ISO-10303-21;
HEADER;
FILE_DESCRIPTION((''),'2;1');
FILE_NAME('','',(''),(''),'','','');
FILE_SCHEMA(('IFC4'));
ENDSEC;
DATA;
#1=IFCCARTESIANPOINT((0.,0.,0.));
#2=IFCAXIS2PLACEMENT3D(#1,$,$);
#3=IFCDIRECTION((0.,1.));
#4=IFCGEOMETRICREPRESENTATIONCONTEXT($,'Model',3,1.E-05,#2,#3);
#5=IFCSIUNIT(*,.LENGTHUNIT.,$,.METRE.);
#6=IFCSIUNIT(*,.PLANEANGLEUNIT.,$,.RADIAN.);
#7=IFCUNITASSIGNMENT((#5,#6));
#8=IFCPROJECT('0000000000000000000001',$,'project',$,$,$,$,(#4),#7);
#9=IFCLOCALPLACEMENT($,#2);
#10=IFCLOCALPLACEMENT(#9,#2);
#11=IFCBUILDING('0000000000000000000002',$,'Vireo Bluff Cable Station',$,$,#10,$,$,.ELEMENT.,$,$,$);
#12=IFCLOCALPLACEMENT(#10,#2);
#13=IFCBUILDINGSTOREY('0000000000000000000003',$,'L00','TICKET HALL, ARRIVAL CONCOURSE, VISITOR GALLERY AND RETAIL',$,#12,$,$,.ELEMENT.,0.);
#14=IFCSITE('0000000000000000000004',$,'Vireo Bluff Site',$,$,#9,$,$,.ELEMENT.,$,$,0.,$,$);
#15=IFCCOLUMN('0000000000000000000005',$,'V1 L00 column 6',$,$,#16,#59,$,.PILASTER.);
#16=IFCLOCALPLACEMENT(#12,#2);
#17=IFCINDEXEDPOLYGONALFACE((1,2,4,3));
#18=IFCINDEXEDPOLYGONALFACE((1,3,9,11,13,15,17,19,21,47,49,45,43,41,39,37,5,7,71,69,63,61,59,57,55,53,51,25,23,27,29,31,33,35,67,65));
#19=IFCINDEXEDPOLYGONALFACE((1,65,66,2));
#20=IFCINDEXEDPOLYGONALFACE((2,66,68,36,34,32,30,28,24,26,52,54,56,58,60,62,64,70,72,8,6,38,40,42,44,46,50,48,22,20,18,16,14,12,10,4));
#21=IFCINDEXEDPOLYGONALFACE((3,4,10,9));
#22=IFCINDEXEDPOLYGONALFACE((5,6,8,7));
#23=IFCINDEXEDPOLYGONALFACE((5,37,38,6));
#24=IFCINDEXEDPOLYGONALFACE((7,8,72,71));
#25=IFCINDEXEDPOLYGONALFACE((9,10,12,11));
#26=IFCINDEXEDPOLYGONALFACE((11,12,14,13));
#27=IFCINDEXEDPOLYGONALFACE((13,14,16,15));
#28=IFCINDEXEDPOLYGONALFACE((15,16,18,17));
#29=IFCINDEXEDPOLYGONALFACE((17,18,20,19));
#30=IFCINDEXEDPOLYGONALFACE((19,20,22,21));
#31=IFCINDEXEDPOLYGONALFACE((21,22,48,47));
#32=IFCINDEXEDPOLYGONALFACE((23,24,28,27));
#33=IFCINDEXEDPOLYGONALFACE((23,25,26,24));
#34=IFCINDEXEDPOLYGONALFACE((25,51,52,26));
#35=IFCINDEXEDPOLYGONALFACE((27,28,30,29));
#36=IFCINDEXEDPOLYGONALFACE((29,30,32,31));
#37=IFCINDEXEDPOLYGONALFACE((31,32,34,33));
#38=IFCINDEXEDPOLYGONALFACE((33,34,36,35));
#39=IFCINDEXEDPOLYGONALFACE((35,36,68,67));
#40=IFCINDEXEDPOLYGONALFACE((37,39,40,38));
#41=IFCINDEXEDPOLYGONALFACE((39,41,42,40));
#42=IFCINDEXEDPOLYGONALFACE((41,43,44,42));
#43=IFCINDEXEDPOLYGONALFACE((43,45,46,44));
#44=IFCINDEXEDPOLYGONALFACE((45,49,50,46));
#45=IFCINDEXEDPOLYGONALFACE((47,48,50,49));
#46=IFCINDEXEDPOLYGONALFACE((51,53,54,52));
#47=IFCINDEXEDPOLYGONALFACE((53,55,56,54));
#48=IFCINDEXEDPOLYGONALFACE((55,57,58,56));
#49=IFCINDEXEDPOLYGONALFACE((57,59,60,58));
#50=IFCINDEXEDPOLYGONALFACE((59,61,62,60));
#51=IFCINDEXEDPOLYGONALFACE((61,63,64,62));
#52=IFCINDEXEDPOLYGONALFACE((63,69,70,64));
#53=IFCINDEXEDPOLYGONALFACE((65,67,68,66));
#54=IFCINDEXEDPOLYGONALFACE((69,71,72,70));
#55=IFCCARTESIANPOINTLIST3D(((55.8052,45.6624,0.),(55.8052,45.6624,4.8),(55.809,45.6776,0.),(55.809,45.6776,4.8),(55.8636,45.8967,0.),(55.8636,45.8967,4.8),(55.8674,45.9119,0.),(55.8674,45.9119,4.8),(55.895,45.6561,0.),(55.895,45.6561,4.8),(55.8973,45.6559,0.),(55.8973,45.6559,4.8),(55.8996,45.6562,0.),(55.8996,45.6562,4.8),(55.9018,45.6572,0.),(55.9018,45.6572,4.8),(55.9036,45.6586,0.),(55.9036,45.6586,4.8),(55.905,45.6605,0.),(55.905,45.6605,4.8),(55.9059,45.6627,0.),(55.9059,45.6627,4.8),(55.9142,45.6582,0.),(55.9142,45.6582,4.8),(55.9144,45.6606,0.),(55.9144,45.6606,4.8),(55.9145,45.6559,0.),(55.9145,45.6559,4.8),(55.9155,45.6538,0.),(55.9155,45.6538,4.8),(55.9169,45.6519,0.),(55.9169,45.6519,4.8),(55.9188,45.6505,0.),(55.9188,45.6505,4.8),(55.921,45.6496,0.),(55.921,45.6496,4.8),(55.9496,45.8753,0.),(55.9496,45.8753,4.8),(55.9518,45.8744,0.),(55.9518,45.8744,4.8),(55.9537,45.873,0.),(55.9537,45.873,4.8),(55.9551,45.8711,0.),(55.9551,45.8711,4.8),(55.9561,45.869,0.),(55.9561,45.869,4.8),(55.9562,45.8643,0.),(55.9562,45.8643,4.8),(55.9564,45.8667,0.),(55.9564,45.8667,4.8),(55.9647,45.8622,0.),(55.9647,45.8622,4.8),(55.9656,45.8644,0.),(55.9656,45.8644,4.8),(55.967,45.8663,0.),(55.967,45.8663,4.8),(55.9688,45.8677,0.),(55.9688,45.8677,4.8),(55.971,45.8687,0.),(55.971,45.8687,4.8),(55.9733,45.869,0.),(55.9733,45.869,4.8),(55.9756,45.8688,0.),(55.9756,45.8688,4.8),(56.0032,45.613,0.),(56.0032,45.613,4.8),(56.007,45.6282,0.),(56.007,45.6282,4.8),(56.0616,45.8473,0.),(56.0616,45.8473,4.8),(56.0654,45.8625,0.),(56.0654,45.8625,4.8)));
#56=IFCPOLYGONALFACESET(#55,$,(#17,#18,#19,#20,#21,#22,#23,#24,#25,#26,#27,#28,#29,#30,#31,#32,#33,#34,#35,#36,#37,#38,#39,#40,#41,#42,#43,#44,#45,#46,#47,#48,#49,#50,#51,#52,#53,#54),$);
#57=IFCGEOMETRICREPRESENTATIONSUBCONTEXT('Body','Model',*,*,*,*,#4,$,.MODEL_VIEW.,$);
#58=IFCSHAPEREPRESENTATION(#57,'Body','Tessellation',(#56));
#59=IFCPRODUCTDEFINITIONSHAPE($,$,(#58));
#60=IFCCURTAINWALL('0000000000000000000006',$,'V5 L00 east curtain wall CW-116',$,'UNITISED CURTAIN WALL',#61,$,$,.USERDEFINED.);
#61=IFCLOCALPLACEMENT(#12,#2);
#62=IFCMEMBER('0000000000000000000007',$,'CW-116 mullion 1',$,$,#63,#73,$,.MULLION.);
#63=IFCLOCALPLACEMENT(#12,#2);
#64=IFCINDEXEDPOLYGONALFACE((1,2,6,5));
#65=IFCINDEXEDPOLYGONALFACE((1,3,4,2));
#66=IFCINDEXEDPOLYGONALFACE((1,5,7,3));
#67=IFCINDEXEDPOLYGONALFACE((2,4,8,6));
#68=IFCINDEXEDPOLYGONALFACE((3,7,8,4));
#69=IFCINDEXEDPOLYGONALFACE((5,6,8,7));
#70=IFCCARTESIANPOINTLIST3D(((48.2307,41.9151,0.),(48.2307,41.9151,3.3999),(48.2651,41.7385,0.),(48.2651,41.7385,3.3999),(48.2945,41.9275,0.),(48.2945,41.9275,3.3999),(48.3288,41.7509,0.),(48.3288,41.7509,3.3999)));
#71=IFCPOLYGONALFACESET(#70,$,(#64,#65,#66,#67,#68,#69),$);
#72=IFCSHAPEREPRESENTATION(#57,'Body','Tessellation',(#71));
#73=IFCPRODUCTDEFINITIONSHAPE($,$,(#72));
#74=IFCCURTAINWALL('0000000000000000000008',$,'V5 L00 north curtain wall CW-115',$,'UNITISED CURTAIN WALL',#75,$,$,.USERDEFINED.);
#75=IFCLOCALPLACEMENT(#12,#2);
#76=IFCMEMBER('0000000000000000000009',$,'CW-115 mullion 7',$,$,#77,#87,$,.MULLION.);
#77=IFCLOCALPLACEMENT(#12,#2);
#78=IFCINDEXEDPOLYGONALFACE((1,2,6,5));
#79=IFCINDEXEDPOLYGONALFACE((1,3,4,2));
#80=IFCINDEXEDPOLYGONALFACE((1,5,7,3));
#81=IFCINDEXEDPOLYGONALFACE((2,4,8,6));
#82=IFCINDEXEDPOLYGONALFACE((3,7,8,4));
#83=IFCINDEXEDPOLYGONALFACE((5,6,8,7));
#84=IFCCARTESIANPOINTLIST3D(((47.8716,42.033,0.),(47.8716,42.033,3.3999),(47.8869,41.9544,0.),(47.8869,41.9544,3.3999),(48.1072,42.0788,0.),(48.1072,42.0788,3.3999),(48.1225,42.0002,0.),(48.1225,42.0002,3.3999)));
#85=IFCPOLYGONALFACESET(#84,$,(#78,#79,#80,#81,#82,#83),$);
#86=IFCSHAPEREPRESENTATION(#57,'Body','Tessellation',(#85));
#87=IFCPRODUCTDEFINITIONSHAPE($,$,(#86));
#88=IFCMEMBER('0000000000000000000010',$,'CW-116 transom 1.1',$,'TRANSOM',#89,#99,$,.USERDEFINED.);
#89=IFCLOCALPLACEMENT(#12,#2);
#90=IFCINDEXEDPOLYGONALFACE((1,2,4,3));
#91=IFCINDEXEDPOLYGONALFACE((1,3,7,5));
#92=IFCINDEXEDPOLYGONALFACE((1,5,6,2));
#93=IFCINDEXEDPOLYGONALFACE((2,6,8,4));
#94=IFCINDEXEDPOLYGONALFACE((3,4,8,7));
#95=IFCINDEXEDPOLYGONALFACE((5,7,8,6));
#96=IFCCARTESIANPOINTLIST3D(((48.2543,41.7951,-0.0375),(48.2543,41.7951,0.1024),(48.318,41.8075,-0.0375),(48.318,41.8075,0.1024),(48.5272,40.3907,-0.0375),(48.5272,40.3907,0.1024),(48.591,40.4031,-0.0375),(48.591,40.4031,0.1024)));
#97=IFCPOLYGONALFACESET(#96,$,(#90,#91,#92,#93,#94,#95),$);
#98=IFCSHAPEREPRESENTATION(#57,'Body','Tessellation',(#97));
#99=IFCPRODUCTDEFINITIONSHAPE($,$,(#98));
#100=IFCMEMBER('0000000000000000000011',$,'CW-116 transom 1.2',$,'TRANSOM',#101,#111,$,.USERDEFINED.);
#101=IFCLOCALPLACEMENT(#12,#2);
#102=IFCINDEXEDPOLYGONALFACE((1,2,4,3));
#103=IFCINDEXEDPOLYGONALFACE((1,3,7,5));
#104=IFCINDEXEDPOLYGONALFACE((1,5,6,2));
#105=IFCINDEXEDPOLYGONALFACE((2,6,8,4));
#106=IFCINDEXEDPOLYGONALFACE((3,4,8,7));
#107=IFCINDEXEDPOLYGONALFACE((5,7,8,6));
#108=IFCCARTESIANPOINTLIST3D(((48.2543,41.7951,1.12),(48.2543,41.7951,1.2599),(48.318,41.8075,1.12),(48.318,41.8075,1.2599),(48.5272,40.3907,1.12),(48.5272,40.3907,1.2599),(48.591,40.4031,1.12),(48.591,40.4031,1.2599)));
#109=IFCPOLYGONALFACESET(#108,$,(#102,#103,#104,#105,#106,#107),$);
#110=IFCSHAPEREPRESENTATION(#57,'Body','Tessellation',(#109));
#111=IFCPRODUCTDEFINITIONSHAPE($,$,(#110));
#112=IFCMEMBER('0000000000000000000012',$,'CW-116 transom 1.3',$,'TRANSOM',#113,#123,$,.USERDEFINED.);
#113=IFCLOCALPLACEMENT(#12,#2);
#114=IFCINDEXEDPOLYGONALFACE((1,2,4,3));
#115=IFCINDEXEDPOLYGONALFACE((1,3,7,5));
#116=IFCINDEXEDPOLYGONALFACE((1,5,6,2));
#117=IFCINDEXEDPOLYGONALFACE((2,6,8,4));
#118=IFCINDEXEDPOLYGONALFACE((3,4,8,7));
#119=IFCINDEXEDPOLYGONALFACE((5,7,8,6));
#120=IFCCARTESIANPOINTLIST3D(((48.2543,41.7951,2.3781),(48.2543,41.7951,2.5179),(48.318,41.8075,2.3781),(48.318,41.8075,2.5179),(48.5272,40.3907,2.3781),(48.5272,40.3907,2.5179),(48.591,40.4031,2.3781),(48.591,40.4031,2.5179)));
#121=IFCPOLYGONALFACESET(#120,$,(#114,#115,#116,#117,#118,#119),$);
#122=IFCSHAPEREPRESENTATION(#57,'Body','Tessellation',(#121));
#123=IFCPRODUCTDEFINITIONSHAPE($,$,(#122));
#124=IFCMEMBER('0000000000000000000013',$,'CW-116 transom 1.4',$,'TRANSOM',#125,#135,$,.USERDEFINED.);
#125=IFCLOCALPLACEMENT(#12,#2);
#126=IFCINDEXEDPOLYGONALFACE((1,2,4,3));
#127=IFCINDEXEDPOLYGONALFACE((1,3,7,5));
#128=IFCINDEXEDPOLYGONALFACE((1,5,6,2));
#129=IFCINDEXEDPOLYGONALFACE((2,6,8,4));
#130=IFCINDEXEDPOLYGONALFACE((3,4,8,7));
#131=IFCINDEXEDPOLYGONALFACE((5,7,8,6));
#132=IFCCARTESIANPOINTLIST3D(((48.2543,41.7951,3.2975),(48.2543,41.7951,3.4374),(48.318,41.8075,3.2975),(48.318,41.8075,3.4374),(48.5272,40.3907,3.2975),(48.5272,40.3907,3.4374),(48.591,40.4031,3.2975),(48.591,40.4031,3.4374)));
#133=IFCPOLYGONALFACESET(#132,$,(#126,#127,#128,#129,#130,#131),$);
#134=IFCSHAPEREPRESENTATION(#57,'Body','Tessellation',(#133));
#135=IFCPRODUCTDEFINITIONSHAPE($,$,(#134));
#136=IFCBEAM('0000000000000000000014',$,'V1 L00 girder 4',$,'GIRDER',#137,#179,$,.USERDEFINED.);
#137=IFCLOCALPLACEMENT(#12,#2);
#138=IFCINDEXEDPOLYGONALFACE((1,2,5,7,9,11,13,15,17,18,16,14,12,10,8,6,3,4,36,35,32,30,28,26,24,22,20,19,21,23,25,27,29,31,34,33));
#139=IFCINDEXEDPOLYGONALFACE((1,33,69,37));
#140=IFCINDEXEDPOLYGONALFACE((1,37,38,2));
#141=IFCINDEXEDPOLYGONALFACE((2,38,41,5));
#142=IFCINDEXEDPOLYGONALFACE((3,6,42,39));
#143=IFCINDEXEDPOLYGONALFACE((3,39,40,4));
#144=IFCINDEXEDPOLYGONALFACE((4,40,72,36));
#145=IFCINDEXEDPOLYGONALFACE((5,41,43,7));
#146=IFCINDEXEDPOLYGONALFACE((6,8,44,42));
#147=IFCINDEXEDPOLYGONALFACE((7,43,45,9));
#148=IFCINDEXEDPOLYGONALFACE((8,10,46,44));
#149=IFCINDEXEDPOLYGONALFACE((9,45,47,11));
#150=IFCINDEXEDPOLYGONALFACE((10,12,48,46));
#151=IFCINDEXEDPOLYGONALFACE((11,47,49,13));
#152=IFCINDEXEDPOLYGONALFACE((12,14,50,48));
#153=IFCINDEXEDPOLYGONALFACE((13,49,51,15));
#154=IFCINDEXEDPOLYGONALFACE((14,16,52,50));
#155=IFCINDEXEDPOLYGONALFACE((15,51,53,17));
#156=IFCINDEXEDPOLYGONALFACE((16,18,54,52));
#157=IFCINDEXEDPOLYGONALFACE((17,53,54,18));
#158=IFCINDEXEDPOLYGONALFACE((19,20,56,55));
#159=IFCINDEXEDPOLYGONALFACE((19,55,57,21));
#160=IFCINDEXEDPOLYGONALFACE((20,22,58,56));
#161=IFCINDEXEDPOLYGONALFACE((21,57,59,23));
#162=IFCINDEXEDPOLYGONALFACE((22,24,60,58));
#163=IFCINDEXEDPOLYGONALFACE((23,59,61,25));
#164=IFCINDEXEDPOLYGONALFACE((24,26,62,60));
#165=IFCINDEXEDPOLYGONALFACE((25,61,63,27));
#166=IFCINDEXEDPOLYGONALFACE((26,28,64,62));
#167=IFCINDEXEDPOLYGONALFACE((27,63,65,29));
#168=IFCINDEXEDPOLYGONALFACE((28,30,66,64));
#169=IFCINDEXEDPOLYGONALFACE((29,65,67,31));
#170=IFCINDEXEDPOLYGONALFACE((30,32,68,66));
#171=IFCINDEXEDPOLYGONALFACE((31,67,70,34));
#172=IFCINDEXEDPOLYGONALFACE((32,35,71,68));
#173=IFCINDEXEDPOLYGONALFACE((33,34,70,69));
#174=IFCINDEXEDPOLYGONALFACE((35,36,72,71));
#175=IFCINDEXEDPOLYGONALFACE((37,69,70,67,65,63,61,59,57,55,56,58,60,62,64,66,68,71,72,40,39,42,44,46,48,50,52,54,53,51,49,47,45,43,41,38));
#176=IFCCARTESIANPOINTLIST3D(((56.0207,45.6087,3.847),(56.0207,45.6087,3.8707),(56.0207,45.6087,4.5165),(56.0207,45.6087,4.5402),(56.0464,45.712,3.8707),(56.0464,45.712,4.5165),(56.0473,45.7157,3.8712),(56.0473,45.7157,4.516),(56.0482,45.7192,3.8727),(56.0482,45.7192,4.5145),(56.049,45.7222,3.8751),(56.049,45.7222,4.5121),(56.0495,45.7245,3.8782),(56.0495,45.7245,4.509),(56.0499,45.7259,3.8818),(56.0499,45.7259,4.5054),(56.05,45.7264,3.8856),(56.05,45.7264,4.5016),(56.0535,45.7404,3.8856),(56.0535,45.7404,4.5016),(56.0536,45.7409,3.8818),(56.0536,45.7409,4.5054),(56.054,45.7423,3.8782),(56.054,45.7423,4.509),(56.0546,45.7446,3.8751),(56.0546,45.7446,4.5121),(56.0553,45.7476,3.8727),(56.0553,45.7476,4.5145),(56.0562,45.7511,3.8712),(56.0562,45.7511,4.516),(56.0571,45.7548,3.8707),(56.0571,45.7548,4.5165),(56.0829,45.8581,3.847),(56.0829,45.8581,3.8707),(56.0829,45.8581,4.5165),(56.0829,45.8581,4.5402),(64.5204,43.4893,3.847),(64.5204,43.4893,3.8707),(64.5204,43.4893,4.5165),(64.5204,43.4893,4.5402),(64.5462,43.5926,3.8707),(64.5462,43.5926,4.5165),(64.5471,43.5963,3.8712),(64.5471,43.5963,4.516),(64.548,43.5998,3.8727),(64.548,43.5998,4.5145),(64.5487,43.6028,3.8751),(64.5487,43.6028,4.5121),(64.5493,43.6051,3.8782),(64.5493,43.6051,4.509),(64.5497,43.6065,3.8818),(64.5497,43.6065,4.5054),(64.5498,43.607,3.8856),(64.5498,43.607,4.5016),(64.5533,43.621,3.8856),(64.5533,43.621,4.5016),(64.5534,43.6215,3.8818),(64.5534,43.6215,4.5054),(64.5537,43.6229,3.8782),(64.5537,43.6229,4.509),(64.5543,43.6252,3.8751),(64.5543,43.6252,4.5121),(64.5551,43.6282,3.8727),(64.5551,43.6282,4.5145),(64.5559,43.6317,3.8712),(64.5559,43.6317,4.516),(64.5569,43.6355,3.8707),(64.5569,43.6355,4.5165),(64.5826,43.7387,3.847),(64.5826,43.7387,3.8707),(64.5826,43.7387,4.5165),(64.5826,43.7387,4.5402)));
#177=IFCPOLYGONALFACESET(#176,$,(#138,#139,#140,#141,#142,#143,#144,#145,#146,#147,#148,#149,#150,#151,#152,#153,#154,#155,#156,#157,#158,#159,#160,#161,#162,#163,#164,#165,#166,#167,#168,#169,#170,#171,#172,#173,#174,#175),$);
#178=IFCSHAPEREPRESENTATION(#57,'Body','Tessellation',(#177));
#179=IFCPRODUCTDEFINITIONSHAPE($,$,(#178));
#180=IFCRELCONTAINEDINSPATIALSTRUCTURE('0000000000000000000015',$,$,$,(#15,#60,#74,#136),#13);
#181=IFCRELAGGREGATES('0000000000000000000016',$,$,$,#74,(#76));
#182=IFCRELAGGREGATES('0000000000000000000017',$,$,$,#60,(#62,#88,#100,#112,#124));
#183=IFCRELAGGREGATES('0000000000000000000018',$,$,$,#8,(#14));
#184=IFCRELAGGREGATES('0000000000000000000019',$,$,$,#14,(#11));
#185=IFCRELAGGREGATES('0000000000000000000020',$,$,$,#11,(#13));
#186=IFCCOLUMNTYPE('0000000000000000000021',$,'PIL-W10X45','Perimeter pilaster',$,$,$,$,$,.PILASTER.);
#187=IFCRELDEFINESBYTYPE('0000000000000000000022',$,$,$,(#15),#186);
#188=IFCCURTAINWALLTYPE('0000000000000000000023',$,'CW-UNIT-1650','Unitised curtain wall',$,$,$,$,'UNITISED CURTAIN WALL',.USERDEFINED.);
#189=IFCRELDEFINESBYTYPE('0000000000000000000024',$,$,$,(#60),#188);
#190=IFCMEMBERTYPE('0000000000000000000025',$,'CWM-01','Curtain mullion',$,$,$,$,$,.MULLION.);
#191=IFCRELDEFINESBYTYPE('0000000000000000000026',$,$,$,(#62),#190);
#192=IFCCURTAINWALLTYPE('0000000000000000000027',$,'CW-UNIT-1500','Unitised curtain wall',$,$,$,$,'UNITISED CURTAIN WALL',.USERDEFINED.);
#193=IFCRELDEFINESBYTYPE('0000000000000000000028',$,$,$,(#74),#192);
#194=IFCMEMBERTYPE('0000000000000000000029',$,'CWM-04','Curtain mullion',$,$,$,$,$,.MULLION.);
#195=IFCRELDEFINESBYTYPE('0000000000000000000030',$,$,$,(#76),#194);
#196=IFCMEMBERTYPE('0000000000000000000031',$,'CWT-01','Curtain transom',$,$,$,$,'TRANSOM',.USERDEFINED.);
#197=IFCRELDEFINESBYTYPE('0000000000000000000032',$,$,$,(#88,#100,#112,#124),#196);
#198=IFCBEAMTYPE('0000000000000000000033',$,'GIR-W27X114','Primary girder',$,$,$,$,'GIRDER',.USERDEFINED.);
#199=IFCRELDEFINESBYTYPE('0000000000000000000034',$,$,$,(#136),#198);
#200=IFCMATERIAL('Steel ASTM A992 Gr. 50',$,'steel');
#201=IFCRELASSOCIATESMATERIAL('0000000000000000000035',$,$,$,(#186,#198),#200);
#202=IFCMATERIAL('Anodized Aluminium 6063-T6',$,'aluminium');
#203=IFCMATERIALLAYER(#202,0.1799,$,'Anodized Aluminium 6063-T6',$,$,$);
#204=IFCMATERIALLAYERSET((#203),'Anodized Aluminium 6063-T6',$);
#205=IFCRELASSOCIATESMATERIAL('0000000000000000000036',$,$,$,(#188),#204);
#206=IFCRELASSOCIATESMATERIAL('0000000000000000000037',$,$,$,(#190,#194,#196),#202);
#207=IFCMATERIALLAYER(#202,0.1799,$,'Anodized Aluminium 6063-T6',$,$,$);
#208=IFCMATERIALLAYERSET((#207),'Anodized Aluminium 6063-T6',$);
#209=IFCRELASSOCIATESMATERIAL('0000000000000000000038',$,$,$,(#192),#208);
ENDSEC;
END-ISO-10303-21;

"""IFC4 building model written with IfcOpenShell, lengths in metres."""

from ifc_helpers import new_model, si_unit, direction, frame, origin, origin_2d, place, context, subcontext, project, spatial, rectangle, i_section, extrude, material, layer, layer_set, material_profile, profile_set, type_object, element, aggregate, save


model = new_model("IFC4")

# Units and contexts
model_context = context("Model", 3, precision=1e-05, world=origin(), true_north=direction((0.0, 1.0)))
body_context = subcontext(model_context, "Body", "Model", "MODEL_VIEW")
ifc_project = project(units=[si_unit("LENGTHUNIT", "METRE"), si_unit("PLANEANGLEUNIT", "RADIAN")], contexts=[model_context])

# Site, building, storey
site_placement = place(None, origin())
site = spatial("IfcSite", under=ifc_project, at=site_placement, Name="Vireo Bluff Site", CompositionType="ELEMENT", RefElevation=0.0)
building_placement = place(site_placement, origin())
building = spatial("IfcBuilding", under=site, at=building_placement, Name="Vireo Bluff Cable Station", CompositionType="ELEMENT")
storey_placement = place(building_placement, origin())
storey = spatial("IfcBuildingStorey", under=building, at=storey_placement, Name="L00", Description="TICKET HALL, ARRIVAL CONCOURSE, VISITOR GALLERY AND RETAIL", CompositionType="ELEMENT", Elevation=0.0)

# Column
ifc_material_1 = material(Name="Steel ASTM A992 Gr. 50", Category="steel")
ifc_material_profile_1 = material_profile(ifc_material_1, i_section(OverallWidth=0.2041, OverallDepth=0.2571, WebThickness=0.0088, FlangeThickness=0.0156, FilletRadius=0.009, at=origin_2d()), Name="W10X45")
ifc_profile_set_1 = profile_set([ifc_material_profile_1], Name="Steel ASTM A992 Gr. 50")
column_type_1 = type_object("IfcColumnType", Name="PIL-W10X45", Description="Perimeter pilaster", PredefinedType="PILASTER", material=ifc_profile_set_1)
column_1_placement = place(storey_placement, frame((55.9353, 45.7625, 0.0), z_axis=(0.0, 0.0, 1.0), x_axis=(0.970296, -0.241922, 0.0)))
element("IfcColumn", 1, at=column_1_placement, inside=storey, type_object=column_type_1, Name="V1 L00 column 6", PredefinedType="PILASTER", context=body_context, shape_type="SweptSolid", body=[
    extrude(i_section(OverallWidth=0.2041, OverallDepth=0.2571, WebThickness=0.0088, FlangeThickness=0.0156, FilletRadius=0.009, at=origin_2d()), origin(), (0.0, 0.0, 1.0), 4.8),
])

# Curtain walls, members
ifc_material_2 = material(Name="Anodized Aluminium 6063-T6", Category="aluminium")
ifc_layer_1 = layer(ifc_material_2, 0.1799, Name="Anodized Aluminium 6063-T6")
ifc_layer_set_1 = layer_set([ifc_layer_1], Name="Anodized Aluminium 6063-T6")
curtain_wall_type_1 = type_object("IfcCurtainWallType", Name="CW-UNIT-1650", Description="Unitised curtain wall", ElementType="UNITISED CURTAIN WALL", PredefinedType="USERDEFINED", material=ifc_layer_set_1)
curtain_wall_1_placement = place(storey_placement, origin())
curtain_wall_1 = element("IfcCurtainWall", 2, at=curtain_wall_1_placement, inside=storey, type_object=curtain_wall_type_1, Name="V5 L00 east curtain wall CW-116", ObjectType="UNITISED CURTAIN WALL", PredefinedType="USERDEFINED")
ifc_material_profile_2 = material_profile(ifc_material_2, rectangle(XDim=0.0649, YDim=0.1799, at=origin_2d()), Name="ALU-M-65X180")
ifc_profile_set_2 = profile_set([ifc_material_profile_2], Name="Anodized Aluminium 6063-T6")
member_type_1 = type_object("IfcMemberType", Name="CWM-01", Description="Curtain mullion", PredefinedType="MULLION", material=ifc_profile_set_2)
member_1_placement = place(storey_placement, frame((48.2798, 41.833, 0.0), z_axis=(0.0, 0.0, 1.0), x_axis=(0.981627, 0.190809, 0.0)))
member_1 = element("IfcMember", 3, at=member_1_placement, type_object=member_type_1, Name="CW-116 mullion 1", PredefinedType="MULLION", context=body_context, shape_type="SweptSolid", body=[
    extrude(rectangle(XDim=0.0649, YDim=0.1799, at=origin_2d()), origin(), (0.0, 0.0, 1.0), 3.3999),
])
ifc_layer_2 = layer(ifc_material_2, 0.1799, Name="Anodized Aluminium 6063-T6")
ifc_layer_set_2 = layer_set([ifc_layer_2], Name="Anodized Aluminium 6063-T6")
curtain_wall_type_2 = type_object("IfcCurtainWallType", Name="CW-UNIT-1500", Description="Unitised curtain wall", ElementType="UNITISED CURTAIN WALL", PredefinedType="USERDEFINED", material=ifc_layer_set_2)
curtain_wall_2_placement = place(storey_placement, origin())
curtain_wall_2 = element("IfcCurtainWall", 4, at=curtain_wall_2_placement, inside=storey, type_object=curtain_wall_type_2, Name="V5 L00 north curtain wall CW-115", ObjectType="UNITISED CURTAIN WALL", PredefinedType="USERDEFINED")
ifc_material_profile_3 = material_profile(ifc_material_2, rectangle(XDim=0.0801, YDim=0.24, at=origin_2d()), Name="ALU-M-80X240")
ifc_profile_set_3 = profile_set([ifc_material_profile_3], Name="Anodized Aluminium 6063-T6")
member_type_2 = type_object("IfcMemberType", Name="CWM-04", Description="Curtain mullion", PredefinedType="MULLION", material=ifc_profile_set_3)
member_2_placement = place(storey_placement, frame((47.9971, 42.0166, 0.0), z_axis=(0.0, 0.0, 1.0), x_axis=(-0.190809, 0.981627, 0.0)))
member_2 = element("IfcMember", 5, at=member_2_placement, type_object=member_type_2, Name="CW-115 mullion 7", PredefinedType="MULLION", context=body_context, shape_type="SweptSolid", body=[
    extrude(rectangle(XDim=0.0801, YDim=0.24, at=origin_2d()), origin(), (0.0, 0.0, 1.0), 3.3999),
])

# Members
ifc_material_profile_4 = material_profile(ifc_material_2, rectangle(XDim=0.0649, YDim=0.1399, at=origin_2d()), Name="ALU-T-65X140")
ifc_profile_set_4 = profile_set([ifc_material_profile_4], Name="Anodized Aluminium 6063-T6")
member_type_3 = type_object("IfcMemberType", Name="CWT-01", Description="Curtain transom", ElementType="TRANSOM", PredefinedType="USERDEFINED", material=ifc_profile_set_4)
member_3_placement = place(storey_placement, frame((48.2861, 41.8013, 0.0325), z_axis=(0.190797, -0.98163, 0.0), x_axis=(0.98163, 0.190797, 0.0)))
member_3 = element("IfcMember", 6, at=member_3_placement, type_object=member_type_3, Name="CW-116 transom 1.1", ObjectType="TRANSOM", PredefinedType="USERDEFINED", context=body_context, shape_type="SweptSolid", body=[
    extrude(rectangle(XDim=0.0649, YDim=0.1399, at=origin_2d()), origin(), (0.0, 0.0, 1.0), 1.4307),
])
member_4_placement = place(storey_placement, frame((48.2861, 41.8013, 1.1899), z_axis=(0.190797, -0.98163, 0.0), x_axis=(0.98163, 0.190797, 0.0)))
member_4 = element("IfcMember", 7, at=member_4_placement, type_object=member_type_3, Name="CW-116 transom 1.2", ObjectType="TRANSOM", PredefinedType="USERDEFINED", context=body_context, shape_type="SweptSolid", body=[
    extrude(rectangle(XDim=0.0649, YDim=0.1399, at=origin_2d()), origin(), (0.0, 0.0, 1.0), 1.4307),
])
member_5_placement = place(storey_placement, frame((48.2861, 41.8013, 2.448), z_axis=(0.190797, -0.98163, 0.0), x_axis=(0.98163, 0.190797, 0.0)))
member_5 = element("IfcMember", 8, at=member_5_placement, type_object=member_type_3, Name="CW-116 transom 1.3", ObjectType="TRANSOM", PredefinedType="USERDEFINED", context=body_context, shape_type="SweptSolid", body=[
    extrude(rectangle(XDim=0.0649, YDim=0.1399, at=origin_2d()), origin(), (0.0, 0.0, 1.0), 1.4307),
])
member_6_placement = place(storey_placement, frame((48.2861, 41.8013, 3.3674), z_axis=(0.190797, -0.98163, 0.0), x_axis=(0.98163, 0.190797, 0.0)))
member_6 = element("IfcMember", 9, at=member_6_placement, type_object=member_type_3, Name="CW-116 transom 1.4", ObjectType="TRANSOM", PredefinedType="USERDEFINED", context=body_context, shape_type="SweptSolid", body=[
    extrude(rectangle(XDim=0.0649, YDim=0.1399, at=origin_2d()), origin(), (0.0, 0.0, 1.0), 1.4307),
])

# Beam
ifc_material_profile_5 = material_profile(ifc_material_1, i_section(OverallWidth=0.2571, OverallDepth=0.6931, WebThickness=0.0144, FlangeThickness=0.0237, FilletRadius=0.0149, at=origin_2d()), Name="W27X114")
ifc_profile_set_5 = profile_set([ifc_material_profile_5], Name="Steel ASTM A992 Gr. 50")
beam_type_1 = type_object("IfcBeamType", Name="GIR-W27X114", Description="Primary girder", ElementType="GIRDER", PredefinedType="USERDEFINED", material=ifc_profile_set_5)
beam_1_placement = place(storey_placement, frame((56.0518, 45.7334, 4.1936), z_axis=(0.970292, -0.241939, 0.0), x_axis=(0.241939, 0.970292, 0.0)))
element("IfcBeam", 10, at=beam_1_placement, inside=storey, type_object=beam_type_1, Name="V1 L00 girder 4", ObjectType="GIRDER", PredefinedType="USERDEFINED", context=body_context, shape_type="SweptSolid", body=[
    extrude(i_section(OverallWidth=0.2571, OverallDepth=0.6931, WebThickness=0.0144, FlangeThickness=0.0237, FilletRadius=0.0149, at=origin_2d()), origin(), (0.0, 0.0, 1.0), 8.76),
])

aggregate(curtain_wall_2, [member_2])
aggregate(curtain_wall_1, [member_1, member_3, member_4, member_5, member_6])

save(model, "model.ifc")
